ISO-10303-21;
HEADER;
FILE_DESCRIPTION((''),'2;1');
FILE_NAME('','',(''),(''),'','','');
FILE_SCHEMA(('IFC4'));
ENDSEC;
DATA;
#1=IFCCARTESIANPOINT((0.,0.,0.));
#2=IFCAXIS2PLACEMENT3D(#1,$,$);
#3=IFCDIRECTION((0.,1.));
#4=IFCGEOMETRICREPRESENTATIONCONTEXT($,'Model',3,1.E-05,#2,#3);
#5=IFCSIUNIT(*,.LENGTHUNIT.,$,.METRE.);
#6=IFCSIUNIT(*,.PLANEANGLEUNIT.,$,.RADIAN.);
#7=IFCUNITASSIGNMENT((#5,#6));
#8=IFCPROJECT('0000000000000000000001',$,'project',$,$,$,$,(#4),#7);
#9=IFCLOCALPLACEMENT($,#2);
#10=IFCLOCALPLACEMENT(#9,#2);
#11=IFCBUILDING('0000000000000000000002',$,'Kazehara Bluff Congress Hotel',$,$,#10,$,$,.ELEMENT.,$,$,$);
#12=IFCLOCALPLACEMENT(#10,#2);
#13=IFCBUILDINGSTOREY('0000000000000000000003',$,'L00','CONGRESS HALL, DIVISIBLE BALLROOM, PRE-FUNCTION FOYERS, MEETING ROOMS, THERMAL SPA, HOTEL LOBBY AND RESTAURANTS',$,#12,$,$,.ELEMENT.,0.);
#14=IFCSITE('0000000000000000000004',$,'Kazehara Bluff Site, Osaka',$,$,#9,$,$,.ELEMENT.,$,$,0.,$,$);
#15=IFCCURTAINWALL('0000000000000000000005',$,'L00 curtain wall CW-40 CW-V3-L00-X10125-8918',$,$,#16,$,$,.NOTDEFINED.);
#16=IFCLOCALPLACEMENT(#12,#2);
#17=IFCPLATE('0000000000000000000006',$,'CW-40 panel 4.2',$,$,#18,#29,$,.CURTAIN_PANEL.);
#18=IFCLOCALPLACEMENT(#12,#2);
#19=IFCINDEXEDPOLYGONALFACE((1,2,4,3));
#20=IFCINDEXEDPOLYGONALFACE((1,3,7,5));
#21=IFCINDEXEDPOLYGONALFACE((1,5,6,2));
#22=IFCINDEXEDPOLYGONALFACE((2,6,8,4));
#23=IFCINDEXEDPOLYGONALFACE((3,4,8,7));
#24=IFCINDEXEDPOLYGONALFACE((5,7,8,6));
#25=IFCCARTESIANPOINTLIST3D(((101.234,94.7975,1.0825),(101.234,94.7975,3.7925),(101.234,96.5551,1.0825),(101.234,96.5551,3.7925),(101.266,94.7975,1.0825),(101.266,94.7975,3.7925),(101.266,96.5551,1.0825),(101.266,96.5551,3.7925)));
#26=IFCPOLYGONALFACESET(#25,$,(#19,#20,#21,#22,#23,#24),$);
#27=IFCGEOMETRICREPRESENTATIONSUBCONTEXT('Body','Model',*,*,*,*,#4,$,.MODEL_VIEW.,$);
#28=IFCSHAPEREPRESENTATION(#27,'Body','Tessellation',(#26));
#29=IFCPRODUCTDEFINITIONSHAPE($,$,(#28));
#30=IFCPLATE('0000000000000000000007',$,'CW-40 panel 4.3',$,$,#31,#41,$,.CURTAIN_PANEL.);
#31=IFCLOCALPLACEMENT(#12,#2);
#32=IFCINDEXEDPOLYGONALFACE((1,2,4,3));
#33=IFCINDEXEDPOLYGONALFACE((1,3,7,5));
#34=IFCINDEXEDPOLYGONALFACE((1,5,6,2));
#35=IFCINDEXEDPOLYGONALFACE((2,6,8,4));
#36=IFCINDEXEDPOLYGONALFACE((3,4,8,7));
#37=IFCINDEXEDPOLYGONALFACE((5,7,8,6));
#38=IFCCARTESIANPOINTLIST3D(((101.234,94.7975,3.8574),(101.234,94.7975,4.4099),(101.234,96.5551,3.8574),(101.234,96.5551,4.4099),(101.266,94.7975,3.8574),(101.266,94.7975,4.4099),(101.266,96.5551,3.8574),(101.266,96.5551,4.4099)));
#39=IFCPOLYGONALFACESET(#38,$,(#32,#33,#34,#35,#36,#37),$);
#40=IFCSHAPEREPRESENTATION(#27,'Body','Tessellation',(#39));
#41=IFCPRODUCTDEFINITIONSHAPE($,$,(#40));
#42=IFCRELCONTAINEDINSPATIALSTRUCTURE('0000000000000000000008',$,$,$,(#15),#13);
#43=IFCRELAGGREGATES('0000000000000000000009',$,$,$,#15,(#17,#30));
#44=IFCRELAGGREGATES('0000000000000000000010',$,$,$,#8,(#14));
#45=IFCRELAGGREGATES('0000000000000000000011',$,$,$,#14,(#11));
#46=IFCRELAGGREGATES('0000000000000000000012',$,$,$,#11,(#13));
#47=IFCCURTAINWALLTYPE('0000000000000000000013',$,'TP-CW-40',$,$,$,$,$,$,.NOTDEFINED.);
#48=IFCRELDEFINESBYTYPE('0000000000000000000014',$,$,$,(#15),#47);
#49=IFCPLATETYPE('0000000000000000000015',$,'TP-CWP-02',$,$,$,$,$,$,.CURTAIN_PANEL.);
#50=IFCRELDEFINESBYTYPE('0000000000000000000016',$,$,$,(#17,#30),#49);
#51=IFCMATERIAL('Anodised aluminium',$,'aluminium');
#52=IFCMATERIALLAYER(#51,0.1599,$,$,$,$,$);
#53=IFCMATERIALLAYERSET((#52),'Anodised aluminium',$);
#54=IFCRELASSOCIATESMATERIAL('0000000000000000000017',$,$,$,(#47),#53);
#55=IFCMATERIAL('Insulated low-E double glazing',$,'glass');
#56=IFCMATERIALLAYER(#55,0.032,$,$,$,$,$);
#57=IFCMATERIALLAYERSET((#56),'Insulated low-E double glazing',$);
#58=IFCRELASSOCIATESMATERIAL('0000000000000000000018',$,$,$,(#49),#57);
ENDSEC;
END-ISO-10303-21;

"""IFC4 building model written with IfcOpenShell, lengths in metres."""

from ifc_helpers import new_model, si_unit, direction, frame, origin, origin_2d, place, context, subcontext, project, spatial, rectangle, extrude, material, layer, layer_set, type_object, element, aggregate, save


model = new_model("IFC4")

# Units and contexts
model_context = context("Model", 3, precision=1e-05, world=origin(), true_north=direction((0.0, 1.0)))
body_context = subcontext(model_context, "Body", "Model", "MODEL_VIEW")
ifc_project = project(units=[si_unit("LENGTHUNIT", "METRE"), si_unit("PLANEANGLEUNIT", "RADIAN")], contexts=[model_context])

# Site, building, storey
site_placement = place(None, origin())
site = spatial("IfcSite", under=ifc_project, at=site_placement, Name="Kazehara Bluff Site, Osaka", CompositionType="ELEMENT", RefElevation=0.0)
building_placement = place(site_placement, origin())
building = spatial("IfcBuilding", under=site, at=building_placement, Name="Kazehara Bluff Congress Hotel", CompositionType="ELEMENT")
storey_placement = place(building_placement, origin())
storey = spatial("IfcBuildingStorey", under=building, at=storey_placement, Name="L00", Description="CONGRESS HALL, DIVISIBLE BALLROOM, PRE-FUNCTION FOYERS, MEETING ROOMS, THERMAL SPA, HOTEL LOBBY AND RESTAURANTS", CompositionType="ELEMENT", Elevation=0.0)

# Curtain wall, plates
ifc_material_1 = material(Name="Anodised aluminium", Category="aluminium")
ifc_layer_1 = layer(ifc_material_1, 0.1599)
ifc_layer_set_1 = layer_set([ifc_layer_1], Name="Anodised aluminium")
curtain_wall_type = type_object("IfcCurtainWallType", Name="TP-CW-40", PredefinedType="NOTDEFINED", material=ifc_layer_set_1)
curtain_wall_placement = place(storey_placement, origin())
curtain_wall = element("IfcCurtainWall", 1, at=curtain_wall_placement, inside=storey, type_object=curtain_wall_type, Name="L00 curtain wall CW-40 CW-V3-L00-X10125-8918", PredefinedType="NOTDEFINED")
ifc_material_2 = material(Name="Insulated low-E double glazing", Category="glass")
ifc_layer_2 = layer(ifc_material_2, 0.032)
ifc_layer_set_2 = layer_set([ifc_layer_2], Name="Insulated low-E double glazing")
plate_type = type_object("IfcPlateType", Name="TP-CWP-02", PredefinedType="CURTAIN_PANEL", material=ifc_layer_set_2)
plate_1_placement = place(storey_placement, frame((101.25, 95.6763, 1.0825), z_axis=(0.0, 0.0, 1.0), x_axis=(0.0, 1.0, 0.0)))
plate_1 = element("IfcPlate", 2, at=plate_1_placement, type_object=plate_type, Name="CW-40 panel 4.2", PredefinedType="CURTAIN_PANEL", context=body_context, shape_type="SweptSolid", body=[
    extrude(rectangle(XDim=1.7576, YDim=0.032, at=origin_2d()), origin(), (0.0, 0.0, 1.0), 2.71),
])
plate_2_placement = place(storey_placement, frame((101.25, 95.6763, 3.8574), z_axis=(0.0, 0.0, 1.0), x_axis=(0.0, 1.0, 0.0)))
plate_2 = element("IfcPlate", 3, at=plate_2_placement, type_object=plate_type, Name="CW-40 panel 4.3", PredefinedType="CURTAIN_PANEL", context=body_context, shape_type="SweptSolid", body=[
    extrude(rectangle(XDim=1.7576, YDim=0.032, at=origin_2d()), origin(), (0.0, 0.0, 1.0), 0.5525),
])
aggregate(curtain_wall, [plate_1, plate_2])

save(model, "model.ifc")
